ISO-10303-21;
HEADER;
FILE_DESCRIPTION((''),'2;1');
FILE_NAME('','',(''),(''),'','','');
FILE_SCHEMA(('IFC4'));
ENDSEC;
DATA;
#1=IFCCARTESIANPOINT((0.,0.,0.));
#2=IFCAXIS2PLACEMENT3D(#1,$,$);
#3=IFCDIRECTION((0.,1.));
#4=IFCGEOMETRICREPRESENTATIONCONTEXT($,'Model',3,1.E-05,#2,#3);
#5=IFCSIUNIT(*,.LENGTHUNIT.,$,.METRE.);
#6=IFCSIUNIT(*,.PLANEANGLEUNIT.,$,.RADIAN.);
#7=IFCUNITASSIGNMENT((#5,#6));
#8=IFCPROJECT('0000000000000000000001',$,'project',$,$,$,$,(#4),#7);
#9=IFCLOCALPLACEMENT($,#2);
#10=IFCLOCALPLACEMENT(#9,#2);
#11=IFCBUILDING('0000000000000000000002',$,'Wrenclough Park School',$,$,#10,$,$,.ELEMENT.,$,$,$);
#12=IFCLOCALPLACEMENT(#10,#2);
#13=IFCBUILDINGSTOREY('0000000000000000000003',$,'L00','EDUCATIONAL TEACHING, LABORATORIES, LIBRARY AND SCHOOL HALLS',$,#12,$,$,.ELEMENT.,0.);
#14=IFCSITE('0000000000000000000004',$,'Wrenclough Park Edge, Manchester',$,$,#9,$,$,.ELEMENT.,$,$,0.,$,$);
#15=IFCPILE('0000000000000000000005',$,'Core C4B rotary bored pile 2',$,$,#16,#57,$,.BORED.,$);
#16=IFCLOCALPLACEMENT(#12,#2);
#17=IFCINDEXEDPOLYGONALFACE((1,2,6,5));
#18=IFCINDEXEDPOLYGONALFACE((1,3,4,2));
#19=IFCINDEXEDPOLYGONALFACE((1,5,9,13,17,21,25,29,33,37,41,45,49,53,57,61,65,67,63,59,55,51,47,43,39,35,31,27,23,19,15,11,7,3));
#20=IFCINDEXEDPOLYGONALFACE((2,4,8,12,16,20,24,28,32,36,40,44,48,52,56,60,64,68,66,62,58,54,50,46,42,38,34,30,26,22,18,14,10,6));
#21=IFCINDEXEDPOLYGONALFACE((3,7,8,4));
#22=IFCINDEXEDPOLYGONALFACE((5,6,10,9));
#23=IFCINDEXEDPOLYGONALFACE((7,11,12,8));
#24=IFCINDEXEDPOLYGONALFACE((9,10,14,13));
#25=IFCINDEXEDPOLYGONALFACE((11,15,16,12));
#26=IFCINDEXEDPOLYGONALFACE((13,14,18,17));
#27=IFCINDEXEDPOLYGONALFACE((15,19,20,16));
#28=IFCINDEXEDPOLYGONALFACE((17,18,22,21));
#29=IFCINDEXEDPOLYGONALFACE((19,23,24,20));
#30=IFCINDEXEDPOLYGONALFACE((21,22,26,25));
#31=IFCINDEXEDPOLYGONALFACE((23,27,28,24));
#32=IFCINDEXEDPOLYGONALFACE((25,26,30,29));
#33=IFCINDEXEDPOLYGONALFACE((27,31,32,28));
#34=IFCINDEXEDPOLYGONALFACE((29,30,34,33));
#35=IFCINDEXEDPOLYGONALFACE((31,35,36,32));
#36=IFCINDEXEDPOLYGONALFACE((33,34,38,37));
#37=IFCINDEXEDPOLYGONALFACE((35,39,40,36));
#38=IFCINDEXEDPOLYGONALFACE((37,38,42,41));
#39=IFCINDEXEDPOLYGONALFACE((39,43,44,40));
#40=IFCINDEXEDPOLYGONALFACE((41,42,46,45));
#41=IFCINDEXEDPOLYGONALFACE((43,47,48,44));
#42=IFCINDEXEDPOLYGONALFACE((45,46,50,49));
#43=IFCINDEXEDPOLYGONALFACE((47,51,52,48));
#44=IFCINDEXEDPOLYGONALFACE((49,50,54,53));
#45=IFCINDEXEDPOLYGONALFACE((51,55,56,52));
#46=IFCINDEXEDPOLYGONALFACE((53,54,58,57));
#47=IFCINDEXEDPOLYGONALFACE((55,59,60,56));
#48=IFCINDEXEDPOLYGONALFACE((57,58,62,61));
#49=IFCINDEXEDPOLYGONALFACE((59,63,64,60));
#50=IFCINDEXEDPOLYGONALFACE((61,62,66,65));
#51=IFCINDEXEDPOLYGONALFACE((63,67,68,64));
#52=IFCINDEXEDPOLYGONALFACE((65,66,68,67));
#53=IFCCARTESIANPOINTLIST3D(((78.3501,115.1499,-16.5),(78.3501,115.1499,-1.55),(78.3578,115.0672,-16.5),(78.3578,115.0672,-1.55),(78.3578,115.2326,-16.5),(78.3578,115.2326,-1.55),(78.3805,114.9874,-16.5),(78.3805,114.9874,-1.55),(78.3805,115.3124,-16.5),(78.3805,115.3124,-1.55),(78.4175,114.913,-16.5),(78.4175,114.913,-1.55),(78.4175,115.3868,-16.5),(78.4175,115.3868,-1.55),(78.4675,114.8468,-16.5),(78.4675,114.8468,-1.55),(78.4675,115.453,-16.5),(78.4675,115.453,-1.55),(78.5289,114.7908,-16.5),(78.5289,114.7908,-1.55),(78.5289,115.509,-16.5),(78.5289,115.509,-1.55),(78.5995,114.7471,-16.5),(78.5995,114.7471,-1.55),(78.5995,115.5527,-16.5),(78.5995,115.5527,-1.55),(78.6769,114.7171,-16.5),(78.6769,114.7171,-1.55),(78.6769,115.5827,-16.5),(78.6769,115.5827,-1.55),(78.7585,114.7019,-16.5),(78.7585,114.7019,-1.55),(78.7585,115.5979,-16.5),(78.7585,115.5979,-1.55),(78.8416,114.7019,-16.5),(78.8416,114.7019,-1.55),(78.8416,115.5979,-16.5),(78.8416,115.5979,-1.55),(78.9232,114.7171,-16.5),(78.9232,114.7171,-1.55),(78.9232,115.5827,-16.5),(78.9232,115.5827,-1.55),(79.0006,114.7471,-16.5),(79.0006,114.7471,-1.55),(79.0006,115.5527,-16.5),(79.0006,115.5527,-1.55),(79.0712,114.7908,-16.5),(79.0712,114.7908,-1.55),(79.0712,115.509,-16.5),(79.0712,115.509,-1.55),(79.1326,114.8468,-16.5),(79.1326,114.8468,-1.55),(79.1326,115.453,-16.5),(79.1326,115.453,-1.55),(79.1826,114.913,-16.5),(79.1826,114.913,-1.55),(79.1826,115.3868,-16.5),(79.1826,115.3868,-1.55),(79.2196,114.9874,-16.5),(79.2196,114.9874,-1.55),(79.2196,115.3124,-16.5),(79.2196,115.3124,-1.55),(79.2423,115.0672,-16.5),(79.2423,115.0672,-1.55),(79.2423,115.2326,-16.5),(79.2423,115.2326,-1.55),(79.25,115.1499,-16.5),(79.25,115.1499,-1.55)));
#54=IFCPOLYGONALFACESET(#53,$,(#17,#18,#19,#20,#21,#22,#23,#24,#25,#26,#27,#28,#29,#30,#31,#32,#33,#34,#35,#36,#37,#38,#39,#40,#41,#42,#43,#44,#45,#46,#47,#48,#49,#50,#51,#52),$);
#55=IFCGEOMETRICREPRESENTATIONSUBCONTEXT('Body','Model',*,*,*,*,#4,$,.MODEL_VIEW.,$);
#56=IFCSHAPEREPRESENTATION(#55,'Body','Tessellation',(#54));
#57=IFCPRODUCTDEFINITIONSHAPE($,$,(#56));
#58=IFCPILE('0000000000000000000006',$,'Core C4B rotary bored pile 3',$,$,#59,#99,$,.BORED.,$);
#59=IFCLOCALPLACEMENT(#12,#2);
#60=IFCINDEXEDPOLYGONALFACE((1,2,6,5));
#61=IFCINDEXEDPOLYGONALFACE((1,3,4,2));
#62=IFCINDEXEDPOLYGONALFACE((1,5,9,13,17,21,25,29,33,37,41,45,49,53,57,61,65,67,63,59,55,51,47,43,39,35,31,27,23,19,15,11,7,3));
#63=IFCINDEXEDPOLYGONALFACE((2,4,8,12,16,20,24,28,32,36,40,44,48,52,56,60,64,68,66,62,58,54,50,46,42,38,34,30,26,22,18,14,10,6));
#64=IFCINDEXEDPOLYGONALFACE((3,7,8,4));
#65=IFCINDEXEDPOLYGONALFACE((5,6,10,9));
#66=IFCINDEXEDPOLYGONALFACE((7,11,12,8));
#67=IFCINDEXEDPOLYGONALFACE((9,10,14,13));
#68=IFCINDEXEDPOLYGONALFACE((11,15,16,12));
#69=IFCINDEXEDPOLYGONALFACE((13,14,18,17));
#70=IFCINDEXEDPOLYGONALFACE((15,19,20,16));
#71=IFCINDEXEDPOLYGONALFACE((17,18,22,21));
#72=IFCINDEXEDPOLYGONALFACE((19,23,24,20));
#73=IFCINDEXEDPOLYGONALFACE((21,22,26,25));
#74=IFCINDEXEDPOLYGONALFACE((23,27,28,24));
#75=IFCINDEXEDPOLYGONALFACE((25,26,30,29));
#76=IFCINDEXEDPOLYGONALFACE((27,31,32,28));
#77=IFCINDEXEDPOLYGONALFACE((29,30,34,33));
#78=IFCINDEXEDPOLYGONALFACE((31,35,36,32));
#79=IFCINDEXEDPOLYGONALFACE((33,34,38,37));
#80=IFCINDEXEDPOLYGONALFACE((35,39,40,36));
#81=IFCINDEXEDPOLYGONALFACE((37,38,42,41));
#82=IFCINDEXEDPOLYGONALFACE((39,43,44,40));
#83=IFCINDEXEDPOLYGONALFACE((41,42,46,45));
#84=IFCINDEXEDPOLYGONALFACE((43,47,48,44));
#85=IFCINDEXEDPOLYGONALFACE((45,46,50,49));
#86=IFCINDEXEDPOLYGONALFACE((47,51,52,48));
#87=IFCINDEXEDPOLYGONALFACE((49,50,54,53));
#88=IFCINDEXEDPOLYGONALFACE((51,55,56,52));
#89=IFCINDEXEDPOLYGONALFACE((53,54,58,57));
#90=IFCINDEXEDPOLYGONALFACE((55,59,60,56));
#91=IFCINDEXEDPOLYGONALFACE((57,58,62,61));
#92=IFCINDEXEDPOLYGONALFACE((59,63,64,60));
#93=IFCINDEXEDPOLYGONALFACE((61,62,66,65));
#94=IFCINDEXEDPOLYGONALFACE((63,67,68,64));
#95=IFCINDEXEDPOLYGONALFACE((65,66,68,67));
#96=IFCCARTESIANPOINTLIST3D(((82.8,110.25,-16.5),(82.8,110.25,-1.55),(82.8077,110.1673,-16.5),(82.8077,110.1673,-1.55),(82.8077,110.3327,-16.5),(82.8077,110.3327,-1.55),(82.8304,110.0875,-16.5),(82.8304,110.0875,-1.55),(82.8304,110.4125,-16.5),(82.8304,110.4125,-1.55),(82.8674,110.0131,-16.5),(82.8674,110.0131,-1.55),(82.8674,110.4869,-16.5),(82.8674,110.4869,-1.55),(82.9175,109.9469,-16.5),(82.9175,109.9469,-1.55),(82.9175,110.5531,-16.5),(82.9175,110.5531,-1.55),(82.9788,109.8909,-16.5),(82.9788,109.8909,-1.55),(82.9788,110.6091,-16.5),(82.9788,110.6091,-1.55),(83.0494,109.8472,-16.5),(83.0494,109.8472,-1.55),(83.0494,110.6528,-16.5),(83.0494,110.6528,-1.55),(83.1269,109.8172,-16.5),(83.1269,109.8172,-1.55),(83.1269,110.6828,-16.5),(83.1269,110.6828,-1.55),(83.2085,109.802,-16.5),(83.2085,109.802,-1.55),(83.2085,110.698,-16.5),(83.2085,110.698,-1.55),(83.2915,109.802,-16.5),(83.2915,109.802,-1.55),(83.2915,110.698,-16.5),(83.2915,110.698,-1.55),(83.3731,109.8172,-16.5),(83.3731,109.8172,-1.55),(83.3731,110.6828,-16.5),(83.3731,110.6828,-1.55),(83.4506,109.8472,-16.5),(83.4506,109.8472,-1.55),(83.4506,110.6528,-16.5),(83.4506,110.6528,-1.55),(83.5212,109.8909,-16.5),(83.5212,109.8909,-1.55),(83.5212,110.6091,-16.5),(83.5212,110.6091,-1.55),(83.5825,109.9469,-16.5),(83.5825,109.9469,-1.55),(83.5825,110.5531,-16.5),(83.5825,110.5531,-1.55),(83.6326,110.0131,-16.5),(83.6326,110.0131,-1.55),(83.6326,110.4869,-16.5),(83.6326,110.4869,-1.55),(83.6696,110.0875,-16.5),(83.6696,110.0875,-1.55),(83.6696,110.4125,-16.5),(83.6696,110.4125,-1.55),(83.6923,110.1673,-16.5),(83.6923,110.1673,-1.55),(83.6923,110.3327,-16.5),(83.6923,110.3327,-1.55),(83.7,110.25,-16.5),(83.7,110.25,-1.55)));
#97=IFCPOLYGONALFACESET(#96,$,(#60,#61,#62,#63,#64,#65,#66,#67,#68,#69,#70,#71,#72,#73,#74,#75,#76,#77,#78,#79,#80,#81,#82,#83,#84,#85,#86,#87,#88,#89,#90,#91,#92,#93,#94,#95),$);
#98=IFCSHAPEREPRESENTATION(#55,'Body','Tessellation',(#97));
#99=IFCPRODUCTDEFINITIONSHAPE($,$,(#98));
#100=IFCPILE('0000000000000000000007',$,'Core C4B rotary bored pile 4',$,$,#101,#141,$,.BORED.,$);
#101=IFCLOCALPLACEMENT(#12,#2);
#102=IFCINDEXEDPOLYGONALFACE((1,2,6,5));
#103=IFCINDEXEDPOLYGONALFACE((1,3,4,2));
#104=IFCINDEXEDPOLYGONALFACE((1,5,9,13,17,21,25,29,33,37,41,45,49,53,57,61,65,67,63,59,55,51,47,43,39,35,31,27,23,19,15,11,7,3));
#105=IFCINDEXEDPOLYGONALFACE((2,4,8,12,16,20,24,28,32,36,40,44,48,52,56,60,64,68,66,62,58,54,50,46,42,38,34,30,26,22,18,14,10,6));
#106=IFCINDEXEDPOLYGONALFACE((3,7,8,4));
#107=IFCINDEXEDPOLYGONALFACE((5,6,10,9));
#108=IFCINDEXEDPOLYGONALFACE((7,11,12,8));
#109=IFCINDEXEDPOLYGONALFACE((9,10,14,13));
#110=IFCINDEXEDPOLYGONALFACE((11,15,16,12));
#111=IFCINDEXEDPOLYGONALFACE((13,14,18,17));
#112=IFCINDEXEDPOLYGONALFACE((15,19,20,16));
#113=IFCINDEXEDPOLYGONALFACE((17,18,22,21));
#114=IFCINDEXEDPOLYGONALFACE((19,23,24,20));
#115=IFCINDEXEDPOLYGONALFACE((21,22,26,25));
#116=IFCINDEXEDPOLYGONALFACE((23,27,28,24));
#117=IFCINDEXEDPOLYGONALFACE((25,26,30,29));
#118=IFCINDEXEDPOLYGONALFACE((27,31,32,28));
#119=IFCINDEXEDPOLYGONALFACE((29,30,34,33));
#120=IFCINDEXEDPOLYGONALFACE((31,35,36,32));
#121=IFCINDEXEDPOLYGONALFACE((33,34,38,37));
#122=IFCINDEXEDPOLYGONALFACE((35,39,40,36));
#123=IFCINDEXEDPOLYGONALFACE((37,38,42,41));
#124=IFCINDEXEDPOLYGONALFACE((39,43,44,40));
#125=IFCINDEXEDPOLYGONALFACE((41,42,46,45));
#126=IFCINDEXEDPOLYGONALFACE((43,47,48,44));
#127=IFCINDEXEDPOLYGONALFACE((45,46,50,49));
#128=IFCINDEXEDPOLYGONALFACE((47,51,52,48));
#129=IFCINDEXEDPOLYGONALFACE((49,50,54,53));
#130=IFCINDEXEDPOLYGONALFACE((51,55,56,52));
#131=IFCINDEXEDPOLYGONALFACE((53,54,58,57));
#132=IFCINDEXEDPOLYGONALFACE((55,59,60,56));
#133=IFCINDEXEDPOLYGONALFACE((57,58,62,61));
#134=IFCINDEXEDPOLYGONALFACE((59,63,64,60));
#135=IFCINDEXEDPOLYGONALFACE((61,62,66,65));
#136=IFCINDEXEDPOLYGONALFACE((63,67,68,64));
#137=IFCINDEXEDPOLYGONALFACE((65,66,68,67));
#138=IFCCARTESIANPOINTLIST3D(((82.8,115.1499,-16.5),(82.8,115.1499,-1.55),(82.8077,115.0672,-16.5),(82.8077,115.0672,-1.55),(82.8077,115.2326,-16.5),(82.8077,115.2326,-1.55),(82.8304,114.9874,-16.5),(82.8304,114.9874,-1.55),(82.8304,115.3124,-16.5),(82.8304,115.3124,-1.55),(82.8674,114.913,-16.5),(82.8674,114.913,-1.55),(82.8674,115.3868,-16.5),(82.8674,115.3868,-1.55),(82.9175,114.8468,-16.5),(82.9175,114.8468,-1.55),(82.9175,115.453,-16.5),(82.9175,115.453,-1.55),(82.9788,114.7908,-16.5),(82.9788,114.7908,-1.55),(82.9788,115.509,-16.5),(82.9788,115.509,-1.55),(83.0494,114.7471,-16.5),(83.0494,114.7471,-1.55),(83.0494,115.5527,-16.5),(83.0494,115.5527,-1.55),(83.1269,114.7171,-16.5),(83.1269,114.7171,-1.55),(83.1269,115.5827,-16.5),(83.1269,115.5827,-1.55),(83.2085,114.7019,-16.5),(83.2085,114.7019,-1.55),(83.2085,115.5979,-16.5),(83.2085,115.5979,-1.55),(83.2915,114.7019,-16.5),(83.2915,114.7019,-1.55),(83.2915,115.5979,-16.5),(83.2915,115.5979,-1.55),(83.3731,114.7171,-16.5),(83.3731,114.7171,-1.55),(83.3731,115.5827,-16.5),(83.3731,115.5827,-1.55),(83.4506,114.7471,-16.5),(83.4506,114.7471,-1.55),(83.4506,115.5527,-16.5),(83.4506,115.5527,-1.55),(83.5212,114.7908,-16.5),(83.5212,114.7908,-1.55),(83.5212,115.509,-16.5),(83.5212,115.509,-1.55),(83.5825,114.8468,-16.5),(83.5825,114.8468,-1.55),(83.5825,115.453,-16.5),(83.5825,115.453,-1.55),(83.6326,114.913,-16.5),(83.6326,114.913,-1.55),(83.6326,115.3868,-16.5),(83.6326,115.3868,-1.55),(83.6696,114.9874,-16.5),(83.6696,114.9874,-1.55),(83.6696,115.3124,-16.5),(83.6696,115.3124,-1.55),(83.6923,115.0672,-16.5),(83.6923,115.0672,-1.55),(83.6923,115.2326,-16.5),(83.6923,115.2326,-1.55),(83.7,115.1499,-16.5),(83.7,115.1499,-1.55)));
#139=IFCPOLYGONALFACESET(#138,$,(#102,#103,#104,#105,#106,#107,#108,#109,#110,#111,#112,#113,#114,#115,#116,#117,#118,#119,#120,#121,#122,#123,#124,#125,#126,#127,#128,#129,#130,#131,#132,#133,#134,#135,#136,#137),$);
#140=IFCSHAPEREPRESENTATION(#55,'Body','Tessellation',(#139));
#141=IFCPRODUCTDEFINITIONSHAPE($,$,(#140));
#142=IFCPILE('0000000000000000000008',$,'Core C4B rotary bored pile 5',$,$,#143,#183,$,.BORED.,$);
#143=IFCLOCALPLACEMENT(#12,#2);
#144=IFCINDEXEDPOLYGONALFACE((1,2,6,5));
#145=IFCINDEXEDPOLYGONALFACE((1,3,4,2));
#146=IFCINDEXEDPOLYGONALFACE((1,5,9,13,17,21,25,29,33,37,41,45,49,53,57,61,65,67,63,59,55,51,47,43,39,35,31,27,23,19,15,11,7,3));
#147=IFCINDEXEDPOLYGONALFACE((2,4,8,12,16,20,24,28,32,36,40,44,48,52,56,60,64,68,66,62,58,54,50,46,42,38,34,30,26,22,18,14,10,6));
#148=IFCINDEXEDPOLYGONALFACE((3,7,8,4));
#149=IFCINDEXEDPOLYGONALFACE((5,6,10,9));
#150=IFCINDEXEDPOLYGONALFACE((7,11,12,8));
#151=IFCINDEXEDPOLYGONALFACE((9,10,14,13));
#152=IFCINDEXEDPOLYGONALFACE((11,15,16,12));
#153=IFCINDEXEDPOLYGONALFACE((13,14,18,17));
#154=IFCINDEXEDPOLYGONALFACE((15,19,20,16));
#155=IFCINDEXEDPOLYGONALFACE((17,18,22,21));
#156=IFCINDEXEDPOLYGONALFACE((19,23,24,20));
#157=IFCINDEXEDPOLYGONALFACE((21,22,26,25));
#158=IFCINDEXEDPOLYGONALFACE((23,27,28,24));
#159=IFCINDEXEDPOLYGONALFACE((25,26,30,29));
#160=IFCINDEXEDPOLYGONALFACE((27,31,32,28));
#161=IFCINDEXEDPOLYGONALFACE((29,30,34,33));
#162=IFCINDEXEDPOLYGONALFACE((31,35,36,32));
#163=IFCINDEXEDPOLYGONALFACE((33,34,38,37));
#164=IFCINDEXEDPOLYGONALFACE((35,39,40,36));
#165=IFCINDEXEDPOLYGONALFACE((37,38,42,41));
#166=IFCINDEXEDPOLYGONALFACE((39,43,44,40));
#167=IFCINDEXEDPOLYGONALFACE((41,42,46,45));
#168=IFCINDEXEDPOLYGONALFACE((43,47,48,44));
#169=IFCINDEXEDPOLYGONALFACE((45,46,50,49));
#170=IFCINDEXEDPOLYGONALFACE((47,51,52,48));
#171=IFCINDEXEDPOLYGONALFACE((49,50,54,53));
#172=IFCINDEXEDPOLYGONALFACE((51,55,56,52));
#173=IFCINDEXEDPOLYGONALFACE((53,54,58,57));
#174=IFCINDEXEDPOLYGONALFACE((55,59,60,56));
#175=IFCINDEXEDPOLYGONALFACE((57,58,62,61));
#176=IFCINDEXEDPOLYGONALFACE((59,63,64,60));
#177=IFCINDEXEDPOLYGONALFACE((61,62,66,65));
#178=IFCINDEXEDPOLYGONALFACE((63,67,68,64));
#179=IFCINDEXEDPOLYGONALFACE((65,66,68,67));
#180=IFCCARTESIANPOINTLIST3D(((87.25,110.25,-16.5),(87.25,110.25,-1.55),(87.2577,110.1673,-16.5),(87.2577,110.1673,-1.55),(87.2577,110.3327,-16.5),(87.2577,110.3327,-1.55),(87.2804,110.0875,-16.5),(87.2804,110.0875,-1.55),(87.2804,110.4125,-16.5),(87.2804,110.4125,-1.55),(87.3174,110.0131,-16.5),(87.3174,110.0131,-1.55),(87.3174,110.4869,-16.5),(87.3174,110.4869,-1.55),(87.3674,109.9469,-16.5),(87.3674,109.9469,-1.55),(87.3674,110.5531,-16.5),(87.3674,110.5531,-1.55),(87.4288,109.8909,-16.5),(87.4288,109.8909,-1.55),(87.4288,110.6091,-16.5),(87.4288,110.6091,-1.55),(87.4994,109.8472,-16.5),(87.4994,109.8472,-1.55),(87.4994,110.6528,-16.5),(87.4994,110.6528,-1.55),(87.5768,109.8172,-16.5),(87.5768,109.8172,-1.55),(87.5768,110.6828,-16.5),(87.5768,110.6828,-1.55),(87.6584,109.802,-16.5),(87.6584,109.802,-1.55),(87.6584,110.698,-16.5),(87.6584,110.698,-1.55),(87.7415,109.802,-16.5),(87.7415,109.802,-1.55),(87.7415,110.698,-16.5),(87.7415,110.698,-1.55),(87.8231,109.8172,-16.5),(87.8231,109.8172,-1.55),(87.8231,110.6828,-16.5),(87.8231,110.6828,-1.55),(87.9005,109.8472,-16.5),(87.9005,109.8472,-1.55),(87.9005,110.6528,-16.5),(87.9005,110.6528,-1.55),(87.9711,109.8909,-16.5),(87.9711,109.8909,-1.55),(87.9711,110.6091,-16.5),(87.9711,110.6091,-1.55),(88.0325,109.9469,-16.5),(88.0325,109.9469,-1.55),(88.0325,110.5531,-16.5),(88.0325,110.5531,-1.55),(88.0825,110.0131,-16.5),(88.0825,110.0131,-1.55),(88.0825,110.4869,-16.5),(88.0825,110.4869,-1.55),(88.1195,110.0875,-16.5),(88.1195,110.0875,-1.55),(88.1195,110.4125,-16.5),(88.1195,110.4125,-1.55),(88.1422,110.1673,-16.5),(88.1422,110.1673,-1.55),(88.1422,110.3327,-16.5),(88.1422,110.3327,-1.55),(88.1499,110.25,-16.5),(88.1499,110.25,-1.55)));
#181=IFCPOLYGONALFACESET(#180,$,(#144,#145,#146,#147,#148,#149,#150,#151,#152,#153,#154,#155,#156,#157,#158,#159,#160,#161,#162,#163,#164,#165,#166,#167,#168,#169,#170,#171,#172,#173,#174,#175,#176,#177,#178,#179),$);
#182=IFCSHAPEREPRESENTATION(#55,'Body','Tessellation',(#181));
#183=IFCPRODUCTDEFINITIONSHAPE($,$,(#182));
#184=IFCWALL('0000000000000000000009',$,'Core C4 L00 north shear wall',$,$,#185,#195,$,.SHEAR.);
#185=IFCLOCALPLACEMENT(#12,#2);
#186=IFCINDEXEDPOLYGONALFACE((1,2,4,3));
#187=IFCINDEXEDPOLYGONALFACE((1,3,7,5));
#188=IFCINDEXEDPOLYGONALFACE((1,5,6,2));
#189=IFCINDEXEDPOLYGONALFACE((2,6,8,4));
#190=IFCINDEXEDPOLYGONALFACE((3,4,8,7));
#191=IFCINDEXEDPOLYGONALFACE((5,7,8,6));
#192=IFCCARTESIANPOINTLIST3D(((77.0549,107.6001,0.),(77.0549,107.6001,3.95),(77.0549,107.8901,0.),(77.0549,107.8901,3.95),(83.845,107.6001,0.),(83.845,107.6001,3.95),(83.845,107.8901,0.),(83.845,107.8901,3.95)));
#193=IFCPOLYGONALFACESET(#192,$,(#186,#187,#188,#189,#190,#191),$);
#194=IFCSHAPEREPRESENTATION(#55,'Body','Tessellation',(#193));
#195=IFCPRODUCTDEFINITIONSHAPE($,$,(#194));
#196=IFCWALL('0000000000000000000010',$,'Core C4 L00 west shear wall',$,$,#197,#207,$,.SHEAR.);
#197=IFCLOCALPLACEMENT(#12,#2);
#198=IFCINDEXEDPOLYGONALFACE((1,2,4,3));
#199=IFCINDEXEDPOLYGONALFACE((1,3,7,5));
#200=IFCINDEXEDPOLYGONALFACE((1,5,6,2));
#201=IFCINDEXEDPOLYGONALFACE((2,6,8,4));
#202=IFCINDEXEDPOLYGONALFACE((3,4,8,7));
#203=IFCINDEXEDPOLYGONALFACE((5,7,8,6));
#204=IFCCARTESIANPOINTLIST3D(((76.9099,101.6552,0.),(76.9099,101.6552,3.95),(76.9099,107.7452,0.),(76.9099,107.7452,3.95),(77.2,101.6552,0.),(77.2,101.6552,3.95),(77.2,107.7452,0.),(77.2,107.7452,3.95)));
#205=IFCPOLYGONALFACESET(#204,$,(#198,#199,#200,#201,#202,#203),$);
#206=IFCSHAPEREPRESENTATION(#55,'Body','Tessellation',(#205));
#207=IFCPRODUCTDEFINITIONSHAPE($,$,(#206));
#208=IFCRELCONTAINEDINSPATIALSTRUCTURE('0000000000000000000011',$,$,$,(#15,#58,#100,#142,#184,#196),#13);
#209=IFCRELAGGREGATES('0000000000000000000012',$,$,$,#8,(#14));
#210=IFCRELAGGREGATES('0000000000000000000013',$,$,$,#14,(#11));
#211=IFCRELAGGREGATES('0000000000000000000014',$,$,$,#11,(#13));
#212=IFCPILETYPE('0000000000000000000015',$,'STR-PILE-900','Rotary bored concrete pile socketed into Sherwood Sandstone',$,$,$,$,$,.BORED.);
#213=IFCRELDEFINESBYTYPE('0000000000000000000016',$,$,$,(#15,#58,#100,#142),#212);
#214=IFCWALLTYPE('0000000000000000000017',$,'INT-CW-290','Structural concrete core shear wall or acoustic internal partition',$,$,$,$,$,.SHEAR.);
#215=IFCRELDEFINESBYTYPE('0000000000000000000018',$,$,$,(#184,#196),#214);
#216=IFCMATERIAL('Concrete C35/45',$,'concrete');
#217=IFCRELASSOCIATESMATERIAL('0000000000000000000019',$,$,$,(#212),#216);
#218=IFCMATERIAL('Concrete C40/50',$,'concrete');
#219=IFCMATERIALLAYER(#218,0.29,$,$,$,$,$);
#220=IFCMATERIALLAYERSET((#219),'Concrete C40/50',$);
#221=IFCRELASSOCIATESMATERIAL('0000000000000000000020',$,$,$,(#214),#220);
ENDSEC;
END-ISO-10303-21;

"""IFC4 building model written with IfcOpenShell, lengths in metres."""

from ifc_helpers import new_model, si_unit, direction, frame, frame_2d, origin, origin_2d, place, context, subcontext, project, spatial, rectangle, circle, extrude, material, layer, layer_set, material_profile, profile_set, type_object, element, save


model = new_model("IFC4")

# Units and contexts
model_context = context("Model", 3, precision=1e-05, world=origin(), true_north=direction((0.0, 1.0)))
body_context = subcontext(model_context, "Body", "Model", "MODEL_VIEW")
ifc_project = project(units=[si_unit("LENGTHUNIT", "METRE"), si_unit("PLANEANGLEUNIT", "RADIAN")], contexts=[model_context])

# Site, building, storey
site_placement = place(None, origin())
site = spatial("IfcSite", under=ifc_project, at=site_placement, Name="Wrenclough Park Edge, Manchester", CompositionType="ELEMENT", RefElevation=0.0)
building_placement = place(site_placement, origin())
building = spatial("IfcBuilding", under=site, at=building_placement, Name="Wrenclough Park School", CompositionType="ELEMENT")
storey_placement = place(building_placement, origin())
storey = spatial("IfcBuildingStorey", under=building, at=storey_placement, Name="L00", Description="EDUCATIONAL TEACHING, LABORATORIES, LIBRARY AND SCHOOL HALLS", CompositionType="ELEMENT", Elevation=0.0)

# Shared definitions
ifc_material_1 = material(Name="Concrete C40/50", Category="concrete")

# Piles
ifc_material_2 = material(Name="Concrete C35/45", Category="concrete")
ifc_material_profile = material_profile(ifc_material_2, circle(Radius=0.45, at=origin_2d()), Name="BORED PILE D900")
ifc_profile_set = profile_set([ifc_material_profile], Name="Concrete C35/45")
pile_type = type_object("IfcPileType", Name="STR-PILE-900", Description="Rotary bored concrete pile socketed into Sherwood Sandstone", PredefinedType="BORED", material=ifc_profile_set)
for number, where, z_axis, x_axis, name in (
    (1, (78.8, 115.1499, -1.55), (0.0, 0.0, -1.0), (1.0, 0.0, 0.0), "Core C4B rotary bored pile 2"),
    (2, (83.25, 110.25, -1.55), (0.0, 0.0, -1.0), (1.0, 0.0, 0.0), "Core C4B rotary bored pile 3"),
    (3, (83.25, 115.1499, -1.55), (0.0, 0.0, -1.0), (1.0, 0.0, 0.0), "Core C4B rotary bored pile 4"),
    (4, (87.7, 110.25, -1.55), (0.0, 0.0, -1.0), (1.0, 0.0, 0.0), "Core C4B rotary bored pile 5"),
):
    element("IfcPile", number, at=place(storey_placement, frame(where, z_axis=z_axis, x_axis=x_axis)), inside=storey, type_object=pile_type, Name=name, PredefinedType="BORED", context=body_context, shape_type="SweptSolid", body=[
        extrude(circle(Radius=0.45, at=origin_2d()), origin(), (0.0, 0.0, 1.0), 14.95),
    ])

# Walls
ifc_layer_1 = layer(ifc_material_1, 0.29)
ifc_layer_set_1 = layer_set([ifc_layer_1], Name="Concrete C40/50")
wall_type_1 = type_object("IfcWallType", Name="INT-CW-290", Description="Structural concrete core shear wall or acoustic internal partition", PredefinedType="SHEAR", material=ifc_layer_set_1)
wall_1_placement = place(storey_placement, frame((83.845, 107.7451, 0.0), z_axis=(0.0, 0.0, 1.0), x_axis=(-1.0, 0.0, 0.0)))
element("IfcWall", 5, at=wall_1_placement, inside=storey, type_object=wall_type_1, Name="Core C4 L00 north shear wall", PredefinedType="SHEAR", context=body_context, shape_type="SweptSolid", body=[
    extrude(rectangle(XDim=6.79, YDim=0.29, at=frame_2d((3.395, 0.0))), origin(), (0.0, 0.0, 1.0), 3.95),
])
wall_2_placement = place(storey_placement, frame((77.0549, 107.7451, 0.0), z_axis=(0.0, 0.0, 1.0), x_axis=(0.0, -1.0, 0.0)))
element("IfcWall", 6, at=wall_2_placement, inside=storey, type_object=wall_type_1, Name="Core C4 L00 west shear wall", PredefinedType="SHEAR", context=body_context, shape_type="SweptSolid", body=[
    extrude(rectangle(XDim=6.0901, YDim=0.29, at=frame_2d((3.0449, 0.0))), origin(), (0.0, 0.0, 1.0), 3.95),
])

save(model, "model.ifc")
